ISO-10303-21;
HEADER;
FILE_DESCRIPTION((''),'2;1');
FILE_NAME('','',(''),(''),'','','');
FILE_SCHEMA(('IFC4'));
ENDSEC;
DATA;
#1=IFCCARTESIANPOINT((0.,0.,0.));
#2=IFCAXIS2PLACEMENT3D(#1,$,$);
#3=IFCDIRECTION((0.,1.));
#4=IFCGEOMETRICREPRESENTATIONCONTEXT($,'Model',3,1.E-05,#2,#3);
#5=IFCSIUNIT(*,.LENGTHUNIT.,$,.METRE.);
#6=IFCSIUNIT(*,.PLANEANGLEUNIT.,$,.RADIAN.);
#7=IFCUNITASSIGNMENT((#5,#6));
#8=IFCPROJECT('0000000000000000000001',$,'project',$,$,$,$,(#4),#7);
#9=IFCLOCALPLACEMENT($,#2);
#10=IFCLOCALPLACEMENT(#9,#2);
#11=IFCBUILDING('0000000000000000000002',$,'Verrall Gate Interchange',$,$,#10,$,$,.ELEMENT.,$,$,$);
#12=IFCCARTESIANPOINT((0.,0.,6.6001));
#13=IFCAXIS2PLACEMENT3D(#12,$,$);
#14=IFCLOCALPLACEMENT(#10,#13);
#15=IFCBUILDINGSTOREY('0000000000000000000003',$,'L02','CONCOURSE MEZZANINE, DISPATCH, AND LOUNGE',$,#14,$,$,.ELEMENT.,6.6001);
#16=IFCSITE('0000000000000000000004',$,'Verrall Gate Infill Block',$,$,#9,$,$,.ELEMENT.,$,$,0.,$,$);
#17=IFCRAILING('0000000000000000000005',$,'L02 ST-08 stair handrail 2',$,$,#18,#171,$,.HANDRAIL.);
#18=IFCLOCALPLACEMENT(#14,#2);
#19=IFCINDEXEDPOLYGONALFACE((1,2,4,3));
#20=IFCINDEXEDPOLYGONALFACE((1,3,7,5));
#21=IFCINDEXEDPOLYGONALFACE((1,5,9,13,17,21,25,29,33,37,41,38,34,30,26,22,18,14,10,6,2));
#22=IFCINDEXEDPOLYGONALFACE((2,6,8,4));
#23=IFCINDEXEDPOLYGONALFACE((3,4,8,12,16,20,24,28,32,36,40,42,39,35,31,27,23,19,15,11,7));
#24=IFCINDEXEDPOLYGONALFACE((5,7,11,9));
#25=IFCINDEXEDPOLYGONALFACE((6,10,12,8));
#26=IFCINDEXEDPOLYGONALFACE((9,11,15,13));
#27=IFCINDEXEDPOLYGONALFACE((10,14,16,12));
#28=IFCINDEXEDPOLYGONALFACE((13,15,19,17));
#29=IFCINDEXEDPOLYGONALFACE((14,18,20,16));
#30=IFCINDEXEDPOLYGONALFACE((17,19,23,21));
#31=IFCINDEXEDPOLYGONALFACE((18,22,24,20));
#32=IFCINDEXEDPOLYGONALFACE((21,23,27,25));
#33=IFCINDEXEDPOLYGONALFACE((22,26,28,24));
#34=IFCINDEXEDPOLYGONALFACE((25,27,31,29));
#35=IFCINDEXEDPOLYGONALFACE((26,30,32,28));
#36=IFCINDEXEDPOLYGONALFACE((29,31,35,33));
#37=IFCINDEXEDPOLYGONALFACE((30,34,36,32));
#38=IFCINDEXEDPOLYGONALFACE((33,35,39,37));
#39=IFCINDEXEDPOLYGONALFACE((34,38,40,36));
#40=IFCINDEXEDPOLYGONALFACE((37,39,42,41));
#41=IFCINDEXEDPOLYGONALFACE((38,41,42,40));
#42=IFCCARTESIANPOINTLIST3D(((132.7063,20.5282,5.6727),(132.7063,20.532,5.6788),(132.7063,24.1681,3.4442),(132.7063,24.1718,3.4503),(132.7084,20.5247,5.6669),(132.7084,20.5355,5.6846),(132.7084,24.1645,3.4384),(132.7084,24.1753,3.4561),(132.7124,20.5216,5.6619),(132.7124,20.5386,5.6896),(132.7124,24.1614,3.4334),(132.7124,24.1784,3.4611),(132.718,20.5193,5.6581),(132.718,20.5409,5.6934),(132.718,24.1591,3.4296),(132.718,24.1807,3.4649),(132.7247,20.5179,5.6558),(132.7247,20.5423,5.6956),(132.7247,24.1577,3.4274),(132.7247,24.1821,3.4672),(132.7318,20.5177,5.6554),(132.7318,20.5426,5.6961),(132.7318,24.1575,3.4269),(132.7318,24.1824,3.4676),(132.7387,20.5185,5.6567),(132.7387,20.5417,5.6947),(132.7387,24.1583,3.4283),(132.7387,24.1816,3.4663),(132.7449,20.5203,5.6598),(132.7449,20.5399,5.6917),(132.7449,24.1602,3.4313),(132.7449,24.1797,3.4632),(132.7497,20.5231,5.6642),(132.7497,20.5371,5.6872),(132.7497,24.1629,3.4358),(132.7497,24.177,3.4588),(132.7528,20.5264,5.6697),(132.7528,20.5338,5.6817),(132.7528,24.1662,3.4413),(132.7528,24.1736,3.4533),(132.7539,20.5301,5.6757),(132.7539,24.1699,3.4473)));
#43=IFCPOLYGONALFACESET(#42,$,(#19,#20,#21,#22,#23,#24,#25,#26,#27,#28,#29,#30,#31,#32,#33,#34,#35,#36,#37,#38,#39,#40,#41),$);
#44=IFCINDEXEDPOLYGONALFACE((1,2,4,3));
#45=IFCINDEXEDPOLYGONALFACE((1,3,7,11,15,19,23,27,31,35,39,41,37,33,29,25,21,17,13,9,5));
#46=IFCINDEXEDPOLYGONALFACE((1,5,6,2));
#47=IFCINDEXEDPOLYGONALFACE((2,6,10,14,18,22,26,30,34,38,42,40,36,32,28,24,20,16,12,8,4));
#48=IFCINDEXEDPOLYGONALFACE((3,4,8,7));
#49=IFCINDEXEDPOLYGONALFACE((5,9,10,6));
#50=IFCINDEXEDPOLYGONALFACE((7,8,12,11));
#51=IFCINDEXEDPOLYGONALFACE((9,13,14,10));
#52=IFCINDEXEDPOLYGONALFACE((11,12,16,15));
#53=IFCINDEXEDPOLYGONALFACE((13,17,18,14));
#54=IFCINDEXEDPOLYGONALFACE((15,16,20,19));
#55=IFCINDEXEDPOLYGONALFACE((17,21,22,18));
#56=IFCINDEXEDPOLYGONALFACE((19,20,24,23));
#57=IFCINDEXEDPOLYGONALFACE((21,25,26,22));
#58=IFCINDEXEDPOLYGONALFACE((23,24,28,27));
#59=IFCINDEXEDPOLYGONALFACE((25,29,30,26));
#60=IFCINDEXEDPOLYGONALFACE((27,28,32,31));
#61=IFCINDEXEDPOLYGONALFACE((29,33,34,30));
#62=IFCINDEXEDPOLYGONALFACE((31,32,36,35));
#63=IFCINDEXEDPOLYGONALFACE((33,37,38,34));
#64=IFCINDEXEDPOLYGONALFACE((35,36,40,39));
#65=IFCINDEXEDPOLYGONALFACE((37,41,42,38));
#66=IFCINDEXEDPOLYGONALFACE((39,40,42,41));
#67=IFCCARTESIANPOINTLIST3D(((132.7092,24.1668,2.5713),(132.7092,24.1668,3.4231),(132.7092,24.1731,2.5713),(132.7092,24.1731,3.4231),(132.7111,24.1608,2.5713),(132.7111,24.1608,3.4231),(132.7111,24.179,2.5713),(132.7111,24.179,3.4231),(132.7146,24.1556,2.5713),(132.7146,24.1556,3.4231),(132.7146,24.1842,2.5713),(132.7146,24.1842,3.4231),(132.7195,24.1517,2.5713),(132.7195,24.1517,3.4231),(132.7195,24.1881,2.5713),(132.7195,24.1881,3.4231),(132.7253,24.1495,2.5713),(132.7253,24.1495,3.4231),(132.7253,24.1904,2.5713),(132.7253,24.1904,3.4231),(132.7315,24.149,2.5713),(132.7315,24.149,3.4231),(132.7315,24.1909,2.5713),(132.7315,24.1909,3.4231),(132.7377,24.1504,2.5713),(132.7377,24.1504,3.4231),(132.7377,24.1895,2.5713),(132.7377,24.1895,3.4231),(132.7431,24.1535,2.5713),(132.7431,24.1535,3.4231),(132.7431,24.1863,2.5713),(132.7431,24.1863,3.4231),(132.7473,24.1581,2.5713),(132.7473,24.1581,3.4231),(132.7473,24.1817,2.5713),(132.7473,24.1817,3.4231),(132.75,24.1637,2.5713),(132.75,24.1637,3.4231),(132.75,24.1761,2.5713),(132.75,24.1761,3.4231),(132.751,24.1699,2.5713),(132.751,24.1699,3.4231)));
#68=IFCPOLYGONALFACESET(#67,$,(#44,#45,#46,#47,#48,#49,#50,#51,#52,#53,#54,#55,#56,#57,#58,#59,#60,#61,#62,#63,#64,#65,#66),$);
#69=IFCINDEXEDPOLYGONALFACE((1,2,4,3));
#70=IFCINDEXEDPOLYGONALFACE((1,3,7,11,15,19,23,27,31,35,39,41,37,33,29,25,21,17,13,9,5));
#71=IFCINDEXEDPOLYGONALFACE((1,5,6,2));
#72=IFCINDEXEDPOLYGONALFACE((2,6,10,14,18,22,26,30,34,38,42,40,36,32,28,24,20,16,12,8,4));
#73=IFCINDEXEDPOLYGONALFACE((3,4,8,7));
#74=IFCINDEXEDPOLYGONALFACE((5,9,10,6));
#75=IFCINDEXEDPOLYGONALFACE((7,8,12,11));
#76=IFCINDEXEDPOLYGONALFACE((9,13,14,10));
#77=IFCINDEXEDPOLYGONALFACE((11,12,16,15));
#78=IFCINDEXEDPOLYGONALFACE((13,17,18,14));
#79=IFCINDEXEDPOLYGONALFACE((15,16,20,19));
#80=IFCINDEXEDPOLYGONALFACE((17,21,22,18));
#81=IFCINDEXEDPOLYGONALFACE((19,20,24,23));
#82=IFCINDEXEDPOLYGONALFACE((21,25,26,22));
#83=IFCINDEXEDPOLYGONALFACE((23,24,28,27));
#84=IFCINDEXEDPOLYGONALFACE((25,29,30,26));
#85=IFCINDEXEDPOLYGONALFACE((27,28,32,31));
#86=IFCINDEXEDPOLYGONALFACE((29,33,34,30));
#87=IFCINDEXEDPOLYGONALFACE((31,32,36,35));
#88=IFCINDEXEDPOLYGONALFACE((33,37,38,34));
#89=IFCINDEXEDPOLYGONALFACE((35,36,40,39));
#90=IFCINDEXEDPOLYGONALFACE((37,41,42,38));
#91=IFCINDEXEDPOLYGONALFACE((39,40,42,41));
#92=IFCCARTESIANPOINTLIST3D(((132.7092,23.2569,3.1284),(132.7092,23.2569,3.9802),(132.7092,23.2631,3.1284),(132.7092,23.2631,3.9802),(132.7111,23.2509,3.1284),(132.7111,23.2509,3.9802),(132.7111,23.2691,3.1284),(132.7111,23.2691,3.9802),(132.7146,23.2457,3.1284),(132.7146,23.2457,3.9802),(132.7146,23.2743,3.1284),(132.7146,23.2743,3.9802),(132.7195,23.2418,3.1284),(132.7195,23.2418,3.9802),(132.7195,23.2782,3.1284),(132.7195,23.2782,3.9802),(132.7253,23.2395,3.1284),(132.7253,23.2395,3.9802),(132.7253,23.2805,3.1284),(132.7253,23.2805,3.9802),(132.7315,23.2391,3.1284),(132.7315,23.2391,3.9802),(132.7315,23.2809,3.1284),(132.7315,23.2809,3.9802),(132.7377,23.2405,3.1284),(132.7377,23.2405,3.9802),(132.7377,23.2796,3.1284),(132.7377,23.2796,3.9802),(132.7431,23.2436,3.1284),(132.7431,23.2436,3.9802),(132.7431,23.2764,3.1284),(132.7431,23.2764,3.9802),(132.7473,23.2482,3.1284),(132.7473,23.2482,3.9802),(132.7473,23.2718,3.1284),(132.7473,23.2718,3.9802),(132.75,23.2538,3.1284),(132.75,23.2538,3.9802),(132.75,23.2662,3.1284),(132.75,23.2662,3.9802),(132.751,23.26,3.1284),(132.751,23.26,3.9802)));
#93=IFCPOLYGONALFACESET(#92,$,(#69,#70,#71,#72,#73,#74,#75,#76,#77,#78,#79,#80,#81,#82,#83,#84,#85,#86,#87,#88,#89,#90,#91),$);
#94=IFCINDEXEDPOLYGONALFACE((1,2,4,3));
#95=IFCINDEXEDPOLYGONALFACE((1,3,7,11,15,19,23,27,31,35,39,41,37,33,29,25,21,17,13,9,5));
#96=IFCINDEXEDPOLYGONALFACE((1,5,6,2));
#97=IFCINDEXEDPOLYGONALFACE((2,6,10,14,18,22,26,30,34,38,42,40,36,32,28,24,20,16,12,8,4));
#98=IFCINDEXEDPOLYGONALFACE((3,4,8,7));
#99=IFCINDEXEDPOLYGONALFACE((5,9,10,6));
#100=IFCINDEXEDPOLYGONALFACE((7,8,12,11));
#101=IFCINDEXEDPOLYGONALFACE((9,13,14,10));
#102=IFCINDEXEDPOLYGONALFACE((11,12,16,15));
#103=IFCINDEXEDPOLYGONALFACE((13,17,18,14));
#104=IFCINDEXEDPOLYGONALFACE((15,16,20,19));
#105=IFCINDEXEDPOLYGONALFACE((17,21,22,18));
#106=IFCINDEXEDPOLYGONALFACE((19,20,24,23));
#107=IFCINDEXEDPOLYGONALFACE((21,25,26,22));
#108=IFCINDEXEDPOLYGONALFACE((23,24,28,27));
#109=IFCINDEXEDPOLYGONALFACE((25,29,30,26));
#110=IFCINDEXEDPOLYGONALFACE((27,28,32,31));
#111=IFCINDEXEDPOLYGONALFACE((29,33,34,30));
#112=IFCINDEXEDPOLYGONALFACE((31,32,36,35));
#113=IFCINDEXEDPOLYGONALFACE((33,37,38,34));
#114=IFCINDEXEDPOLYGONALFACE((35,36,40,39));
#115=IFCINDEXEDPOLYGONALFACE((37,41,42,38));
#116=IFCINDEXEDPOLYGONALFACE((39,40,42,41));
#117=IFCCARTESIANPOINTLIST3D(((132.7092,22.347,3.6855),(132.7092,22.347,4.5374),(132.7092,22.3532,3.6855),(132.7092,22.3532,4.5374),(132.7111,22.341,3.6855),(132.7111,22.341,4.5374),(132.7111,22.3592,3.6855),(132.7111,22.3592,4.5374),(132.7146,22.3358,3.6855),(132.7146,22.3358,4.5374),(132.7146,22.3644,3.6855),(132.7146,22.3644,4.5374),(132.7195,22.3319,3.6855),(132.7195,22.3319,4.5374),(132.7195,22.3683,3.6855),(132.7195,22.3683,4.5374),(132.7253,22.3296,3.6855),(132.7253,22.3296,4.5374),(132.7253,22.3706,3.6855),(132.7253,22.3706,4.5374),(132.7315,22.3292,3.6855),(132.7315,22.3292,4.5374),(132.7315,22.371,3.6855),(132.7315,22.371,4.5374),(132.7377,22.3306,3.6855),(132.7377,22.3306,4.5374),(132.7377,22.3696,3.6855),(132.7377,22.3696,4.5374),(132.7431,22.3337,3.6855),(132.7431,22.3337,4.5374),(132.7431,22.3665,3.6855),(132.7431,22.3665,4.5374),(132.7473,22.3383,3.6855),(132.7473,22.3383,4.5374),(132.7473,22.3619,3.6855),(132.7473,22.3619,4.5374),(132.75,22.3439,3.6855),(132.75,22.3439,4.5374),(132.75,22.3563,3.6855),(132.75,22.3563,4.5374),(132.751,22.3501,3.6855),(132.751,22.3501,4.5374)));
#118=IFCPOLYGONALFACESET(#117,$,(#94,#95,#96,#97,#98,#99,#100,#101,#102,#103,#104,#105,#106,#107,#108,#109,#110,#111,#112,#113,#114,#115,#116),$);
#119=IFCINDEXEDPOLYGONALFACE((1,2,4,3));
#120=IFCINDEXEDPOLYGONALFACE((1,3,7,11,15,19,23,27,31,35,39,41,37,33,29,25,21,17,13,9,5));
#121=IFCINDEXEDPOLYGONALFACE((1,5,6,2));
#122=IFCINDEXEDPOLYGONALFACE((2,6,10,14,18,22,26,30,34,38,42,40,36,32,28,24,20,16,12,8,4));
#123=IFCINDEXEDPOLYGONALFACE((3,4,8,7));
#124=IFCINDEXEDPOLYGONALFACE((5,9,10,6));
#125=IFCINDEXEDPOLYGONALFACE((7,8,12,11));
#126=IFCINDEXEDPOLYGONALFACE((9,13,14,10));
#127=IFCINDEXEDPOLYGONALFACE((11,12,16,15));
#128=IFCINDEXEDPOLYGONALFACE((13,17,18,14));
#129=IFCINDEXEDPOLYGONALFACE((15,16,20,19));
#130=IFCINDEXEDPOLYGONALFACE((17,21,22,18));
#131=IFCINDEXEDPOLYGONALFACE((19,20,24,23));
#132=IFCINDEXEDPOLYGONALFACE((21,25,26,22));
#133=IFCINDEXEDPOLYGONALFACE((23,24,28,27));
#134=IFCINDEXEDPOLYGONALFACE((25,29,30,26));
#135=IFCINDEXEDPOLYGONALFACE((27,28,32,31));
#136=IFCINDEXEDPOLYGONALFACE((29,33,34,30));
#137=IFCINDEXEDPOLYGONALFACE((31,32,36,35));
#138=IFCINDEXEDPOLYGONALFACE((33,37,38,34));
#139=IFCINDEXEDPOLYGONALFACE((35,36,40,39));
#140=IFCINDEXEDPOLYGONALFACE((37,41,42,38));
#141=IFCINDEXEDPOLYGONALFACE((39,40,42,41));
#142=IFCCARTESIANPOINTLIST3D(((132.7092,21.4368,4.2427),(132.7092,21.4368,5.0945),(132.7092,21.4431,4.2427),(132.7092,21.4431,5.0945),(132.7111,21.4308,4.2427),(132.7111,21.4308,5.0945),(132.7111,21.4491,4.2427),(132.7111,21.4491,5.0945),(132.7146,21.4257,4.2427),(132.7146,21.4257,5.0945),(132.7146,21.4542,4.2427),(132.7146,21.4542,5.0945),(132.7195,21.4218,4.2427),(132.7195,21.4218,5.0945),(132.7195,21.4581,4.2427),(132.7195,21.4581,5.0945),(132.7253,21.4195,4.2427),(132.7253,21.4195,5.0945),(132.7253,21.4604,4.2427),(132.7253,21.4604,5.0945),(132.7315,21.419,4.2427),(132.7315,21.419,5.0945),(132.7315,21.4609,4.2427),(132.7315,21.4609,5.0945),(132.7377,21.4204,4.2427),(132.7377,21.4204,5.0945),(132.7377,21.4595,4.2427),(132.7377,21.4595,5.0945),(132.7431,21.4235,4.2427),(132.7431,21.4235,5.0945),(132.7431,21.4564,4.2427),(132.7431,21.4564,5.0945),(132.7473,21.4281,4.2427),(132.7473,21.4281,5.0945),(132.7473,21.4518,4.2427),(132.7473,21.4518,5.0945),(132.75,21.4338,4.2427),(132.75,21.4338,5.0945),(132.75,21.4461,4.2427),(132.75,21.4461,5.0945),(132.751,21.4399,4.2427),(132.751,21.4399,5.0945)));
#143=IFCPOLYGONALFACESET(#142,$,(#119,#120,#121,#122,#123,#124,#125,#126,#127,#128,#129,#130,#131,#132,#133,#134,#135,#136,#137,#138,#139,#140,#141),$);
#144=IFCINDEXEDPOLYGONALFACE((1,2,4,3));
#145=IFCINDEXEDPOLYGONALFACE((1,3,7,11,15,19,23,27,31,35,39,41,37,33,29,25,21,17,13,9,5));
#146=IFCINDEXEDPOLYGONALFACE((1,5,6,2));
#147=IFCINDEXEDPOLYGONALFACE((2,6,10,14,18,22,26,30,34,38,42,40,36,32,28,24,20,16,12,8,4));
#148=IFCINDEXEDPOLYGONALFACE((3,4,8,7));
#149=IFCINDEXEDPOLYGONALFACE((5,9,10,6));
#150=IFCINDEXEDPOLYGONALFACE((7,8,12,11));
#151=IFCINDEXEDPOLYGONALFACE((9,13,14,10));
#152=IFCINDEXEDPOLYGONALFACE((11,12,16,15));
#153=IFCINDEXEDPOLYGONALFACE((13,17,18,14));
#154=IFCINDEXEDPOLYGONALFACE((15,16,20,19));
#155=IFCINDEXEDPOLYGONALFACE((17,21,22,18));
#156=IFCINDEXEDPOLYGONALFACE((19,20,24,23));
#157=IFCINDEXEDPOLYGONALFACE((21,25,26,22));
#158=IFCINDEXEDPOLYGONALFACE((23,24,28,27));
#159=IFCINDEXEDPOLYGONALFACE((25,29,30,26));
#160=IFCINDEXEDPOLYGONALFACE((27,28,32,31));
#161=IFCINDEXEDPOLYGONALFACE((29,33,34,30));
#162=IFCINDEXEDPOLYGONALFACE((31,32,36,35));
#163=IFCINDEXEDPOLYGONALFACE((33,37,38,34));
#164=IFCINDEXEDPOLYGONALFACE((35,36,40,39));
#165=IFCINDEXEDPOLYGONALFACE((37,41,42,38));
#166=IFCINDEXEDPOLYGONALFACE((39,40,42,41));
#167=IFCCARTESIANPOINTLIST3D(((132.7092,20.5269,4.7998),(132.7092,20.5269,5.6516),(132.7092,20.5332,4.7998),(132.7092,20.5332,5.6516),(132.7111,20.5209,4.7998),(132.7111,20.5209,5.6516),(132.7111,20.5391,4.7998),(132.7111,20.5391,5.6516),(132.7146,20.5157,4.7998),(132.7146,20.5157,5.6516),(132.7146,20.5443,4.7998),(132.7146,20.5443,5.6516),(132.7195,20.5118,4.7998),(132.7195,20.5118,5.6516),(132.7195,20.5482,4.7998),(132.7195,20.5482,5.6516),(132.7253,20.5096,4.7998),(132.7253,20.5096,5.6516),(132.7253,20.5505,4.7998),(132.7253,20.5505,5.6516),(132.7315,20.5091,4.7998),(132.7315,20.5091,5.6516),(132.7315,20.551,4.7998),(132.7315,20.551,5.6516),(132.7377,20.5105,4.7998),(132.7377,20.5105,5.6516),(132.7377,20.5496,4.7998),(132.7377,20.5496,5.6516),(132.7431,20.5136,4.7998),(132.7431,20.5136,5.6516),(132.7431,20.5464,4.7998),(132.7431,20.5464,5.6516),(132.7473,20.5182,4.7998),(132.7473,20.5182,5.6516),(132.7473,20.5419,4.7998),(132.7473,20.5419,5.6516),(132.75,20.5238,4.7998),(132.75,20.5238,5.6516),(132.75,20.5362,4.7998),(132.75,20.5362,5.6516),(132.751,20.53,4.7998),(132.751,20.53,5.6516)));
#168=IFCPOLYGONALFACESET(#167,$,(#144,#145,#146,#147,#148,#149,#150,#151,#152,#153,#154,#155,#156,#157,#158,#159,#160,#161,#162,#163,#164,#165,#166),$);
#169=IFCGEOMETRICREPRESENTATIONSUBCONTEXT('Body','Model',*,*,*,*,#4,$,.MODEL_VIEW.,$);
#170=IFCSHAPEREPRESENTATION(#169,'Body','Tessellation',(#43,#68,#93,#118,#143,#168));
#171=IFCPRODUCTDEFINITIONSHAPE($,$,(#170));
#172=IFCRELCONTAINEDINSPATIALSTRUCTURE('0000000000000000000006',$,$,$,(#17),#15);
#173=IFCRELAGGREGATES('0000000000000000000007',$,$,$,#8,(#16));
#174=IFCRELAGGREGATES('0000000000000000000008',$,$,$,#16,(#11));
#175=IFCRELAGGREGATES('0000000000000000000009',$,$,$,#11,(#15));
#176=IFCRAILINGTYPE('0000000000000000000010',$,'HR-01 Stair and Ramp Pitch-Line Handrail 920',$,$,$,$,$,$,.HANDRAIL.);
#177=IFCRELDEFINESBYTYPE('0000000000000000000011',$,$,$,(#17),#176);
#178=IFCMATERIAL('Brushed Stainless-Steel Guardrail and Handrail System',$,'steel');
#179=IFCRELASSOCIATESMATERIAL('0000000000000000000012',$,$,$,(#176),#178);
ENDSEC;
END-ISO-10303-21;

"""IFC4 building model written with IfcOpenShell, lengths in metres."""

from ifc_helpers import new_model, si_unit, direction, frame, origin, origin_2d, place, context, subcontext, project, spatial, circle, extrude, material, type_object, element, save


model = new_model("IFC4")

# Units and contexts
model_context = context("Model", 3, precision=1e-05, world=origin(), true_north=direction((0.0, 1.0)))
body_context = subcontext(model_context, "Body", "Model", "MODEL_VIEW")
ifc_project = project(units=[si_unit("LENGTHUNIT", "METRE"), si_unit("PLANEANGLEUNIT", "RADIAN")], contexts=[model_context])

# Site, building, storey
site_placement = place(None, origin())
site = spatial("IfcSite", under=ifc_project, at=site_placement, Name="Verrall Gate Infill Block", CompositionType="ELEMENT", RefElevation=0.0)
building_placement = place(site_placement, origin())
building = spatial("IfcBuilding", under=site, at=building_placement, Name="Verrall Gate Interchange", CompositionType="ELEMENT")
storey_placement = place(building_placement, frame((0.0, 0.0, 6.6001)))
storey = spatial("IfcBuildingStorey", under=building, at=storey_placement, Name="L02", Description="CONCOURSE MEZZANINE, DISPATCH, AND LOUNGE", CompositionType="ELEMENT", Elevation=6.6001)

# Railing
ifc_material_1 = material(Name="Brushed Stainless-Steel Guardrail and Handrail System", Category="steel")
railing_type_1 = type_object("IfcRailingType", Name="HR-01 Stair and Ramp Pitch-Line Handrail 920", PredefinedType="HANDRAIL", material=ifc_material_1)
railing_1_placement = place(storey_placement, frame((132.73, 24.1699, 2.5713)))
element("IfcRailing", 1, at=railing_1_placement, inside=storey, type_object=railing_type_1, Name="L02 ST-08 stair handrail 2", PredefinedType="HANDRAIL", context=body_context, shape_type="SweptSolid", body=[
    extrude(circle(Radius=0.0239, at=origin_2d()), frame((0.0, 0.0, 0.876), z_axis=(0.0, -0.85285, 0.522156), x_axis=(1.0, 0.0, 0.0)), (0.0, 0.0, 1.0), 4.2678),
    extrude(circle(Radius=0.021, at=origin_2d()), origin(), (0.0, 0.0, 1.0), 0.8518),
    extrude(circle(Radius=0.021, at=origin_2d()), frame((0.0, -0.9099, 0.5571)), (0.0, 0.0, 1.0), 0.8518),
    extrude(circle(Radius=0.021, at=origin_2d()), frame((0.0, -1.8198, 1.1143)), (0.0, 0.0, 1.0), 0.8518),
    extrude(circle(Radius=0.021, at=origin_2d()), frame((0.0, -2.73, 1.6714)), (0.0, 0.0, 1.0), 0.8518),
    extrude(circle(Radius=0.021, at=origin_2d()), frame((0.0, -3.6399, 2.2285)), (0.0, 0.0, 1.0), 0.8518),
])

save(model, "model.ifc")
